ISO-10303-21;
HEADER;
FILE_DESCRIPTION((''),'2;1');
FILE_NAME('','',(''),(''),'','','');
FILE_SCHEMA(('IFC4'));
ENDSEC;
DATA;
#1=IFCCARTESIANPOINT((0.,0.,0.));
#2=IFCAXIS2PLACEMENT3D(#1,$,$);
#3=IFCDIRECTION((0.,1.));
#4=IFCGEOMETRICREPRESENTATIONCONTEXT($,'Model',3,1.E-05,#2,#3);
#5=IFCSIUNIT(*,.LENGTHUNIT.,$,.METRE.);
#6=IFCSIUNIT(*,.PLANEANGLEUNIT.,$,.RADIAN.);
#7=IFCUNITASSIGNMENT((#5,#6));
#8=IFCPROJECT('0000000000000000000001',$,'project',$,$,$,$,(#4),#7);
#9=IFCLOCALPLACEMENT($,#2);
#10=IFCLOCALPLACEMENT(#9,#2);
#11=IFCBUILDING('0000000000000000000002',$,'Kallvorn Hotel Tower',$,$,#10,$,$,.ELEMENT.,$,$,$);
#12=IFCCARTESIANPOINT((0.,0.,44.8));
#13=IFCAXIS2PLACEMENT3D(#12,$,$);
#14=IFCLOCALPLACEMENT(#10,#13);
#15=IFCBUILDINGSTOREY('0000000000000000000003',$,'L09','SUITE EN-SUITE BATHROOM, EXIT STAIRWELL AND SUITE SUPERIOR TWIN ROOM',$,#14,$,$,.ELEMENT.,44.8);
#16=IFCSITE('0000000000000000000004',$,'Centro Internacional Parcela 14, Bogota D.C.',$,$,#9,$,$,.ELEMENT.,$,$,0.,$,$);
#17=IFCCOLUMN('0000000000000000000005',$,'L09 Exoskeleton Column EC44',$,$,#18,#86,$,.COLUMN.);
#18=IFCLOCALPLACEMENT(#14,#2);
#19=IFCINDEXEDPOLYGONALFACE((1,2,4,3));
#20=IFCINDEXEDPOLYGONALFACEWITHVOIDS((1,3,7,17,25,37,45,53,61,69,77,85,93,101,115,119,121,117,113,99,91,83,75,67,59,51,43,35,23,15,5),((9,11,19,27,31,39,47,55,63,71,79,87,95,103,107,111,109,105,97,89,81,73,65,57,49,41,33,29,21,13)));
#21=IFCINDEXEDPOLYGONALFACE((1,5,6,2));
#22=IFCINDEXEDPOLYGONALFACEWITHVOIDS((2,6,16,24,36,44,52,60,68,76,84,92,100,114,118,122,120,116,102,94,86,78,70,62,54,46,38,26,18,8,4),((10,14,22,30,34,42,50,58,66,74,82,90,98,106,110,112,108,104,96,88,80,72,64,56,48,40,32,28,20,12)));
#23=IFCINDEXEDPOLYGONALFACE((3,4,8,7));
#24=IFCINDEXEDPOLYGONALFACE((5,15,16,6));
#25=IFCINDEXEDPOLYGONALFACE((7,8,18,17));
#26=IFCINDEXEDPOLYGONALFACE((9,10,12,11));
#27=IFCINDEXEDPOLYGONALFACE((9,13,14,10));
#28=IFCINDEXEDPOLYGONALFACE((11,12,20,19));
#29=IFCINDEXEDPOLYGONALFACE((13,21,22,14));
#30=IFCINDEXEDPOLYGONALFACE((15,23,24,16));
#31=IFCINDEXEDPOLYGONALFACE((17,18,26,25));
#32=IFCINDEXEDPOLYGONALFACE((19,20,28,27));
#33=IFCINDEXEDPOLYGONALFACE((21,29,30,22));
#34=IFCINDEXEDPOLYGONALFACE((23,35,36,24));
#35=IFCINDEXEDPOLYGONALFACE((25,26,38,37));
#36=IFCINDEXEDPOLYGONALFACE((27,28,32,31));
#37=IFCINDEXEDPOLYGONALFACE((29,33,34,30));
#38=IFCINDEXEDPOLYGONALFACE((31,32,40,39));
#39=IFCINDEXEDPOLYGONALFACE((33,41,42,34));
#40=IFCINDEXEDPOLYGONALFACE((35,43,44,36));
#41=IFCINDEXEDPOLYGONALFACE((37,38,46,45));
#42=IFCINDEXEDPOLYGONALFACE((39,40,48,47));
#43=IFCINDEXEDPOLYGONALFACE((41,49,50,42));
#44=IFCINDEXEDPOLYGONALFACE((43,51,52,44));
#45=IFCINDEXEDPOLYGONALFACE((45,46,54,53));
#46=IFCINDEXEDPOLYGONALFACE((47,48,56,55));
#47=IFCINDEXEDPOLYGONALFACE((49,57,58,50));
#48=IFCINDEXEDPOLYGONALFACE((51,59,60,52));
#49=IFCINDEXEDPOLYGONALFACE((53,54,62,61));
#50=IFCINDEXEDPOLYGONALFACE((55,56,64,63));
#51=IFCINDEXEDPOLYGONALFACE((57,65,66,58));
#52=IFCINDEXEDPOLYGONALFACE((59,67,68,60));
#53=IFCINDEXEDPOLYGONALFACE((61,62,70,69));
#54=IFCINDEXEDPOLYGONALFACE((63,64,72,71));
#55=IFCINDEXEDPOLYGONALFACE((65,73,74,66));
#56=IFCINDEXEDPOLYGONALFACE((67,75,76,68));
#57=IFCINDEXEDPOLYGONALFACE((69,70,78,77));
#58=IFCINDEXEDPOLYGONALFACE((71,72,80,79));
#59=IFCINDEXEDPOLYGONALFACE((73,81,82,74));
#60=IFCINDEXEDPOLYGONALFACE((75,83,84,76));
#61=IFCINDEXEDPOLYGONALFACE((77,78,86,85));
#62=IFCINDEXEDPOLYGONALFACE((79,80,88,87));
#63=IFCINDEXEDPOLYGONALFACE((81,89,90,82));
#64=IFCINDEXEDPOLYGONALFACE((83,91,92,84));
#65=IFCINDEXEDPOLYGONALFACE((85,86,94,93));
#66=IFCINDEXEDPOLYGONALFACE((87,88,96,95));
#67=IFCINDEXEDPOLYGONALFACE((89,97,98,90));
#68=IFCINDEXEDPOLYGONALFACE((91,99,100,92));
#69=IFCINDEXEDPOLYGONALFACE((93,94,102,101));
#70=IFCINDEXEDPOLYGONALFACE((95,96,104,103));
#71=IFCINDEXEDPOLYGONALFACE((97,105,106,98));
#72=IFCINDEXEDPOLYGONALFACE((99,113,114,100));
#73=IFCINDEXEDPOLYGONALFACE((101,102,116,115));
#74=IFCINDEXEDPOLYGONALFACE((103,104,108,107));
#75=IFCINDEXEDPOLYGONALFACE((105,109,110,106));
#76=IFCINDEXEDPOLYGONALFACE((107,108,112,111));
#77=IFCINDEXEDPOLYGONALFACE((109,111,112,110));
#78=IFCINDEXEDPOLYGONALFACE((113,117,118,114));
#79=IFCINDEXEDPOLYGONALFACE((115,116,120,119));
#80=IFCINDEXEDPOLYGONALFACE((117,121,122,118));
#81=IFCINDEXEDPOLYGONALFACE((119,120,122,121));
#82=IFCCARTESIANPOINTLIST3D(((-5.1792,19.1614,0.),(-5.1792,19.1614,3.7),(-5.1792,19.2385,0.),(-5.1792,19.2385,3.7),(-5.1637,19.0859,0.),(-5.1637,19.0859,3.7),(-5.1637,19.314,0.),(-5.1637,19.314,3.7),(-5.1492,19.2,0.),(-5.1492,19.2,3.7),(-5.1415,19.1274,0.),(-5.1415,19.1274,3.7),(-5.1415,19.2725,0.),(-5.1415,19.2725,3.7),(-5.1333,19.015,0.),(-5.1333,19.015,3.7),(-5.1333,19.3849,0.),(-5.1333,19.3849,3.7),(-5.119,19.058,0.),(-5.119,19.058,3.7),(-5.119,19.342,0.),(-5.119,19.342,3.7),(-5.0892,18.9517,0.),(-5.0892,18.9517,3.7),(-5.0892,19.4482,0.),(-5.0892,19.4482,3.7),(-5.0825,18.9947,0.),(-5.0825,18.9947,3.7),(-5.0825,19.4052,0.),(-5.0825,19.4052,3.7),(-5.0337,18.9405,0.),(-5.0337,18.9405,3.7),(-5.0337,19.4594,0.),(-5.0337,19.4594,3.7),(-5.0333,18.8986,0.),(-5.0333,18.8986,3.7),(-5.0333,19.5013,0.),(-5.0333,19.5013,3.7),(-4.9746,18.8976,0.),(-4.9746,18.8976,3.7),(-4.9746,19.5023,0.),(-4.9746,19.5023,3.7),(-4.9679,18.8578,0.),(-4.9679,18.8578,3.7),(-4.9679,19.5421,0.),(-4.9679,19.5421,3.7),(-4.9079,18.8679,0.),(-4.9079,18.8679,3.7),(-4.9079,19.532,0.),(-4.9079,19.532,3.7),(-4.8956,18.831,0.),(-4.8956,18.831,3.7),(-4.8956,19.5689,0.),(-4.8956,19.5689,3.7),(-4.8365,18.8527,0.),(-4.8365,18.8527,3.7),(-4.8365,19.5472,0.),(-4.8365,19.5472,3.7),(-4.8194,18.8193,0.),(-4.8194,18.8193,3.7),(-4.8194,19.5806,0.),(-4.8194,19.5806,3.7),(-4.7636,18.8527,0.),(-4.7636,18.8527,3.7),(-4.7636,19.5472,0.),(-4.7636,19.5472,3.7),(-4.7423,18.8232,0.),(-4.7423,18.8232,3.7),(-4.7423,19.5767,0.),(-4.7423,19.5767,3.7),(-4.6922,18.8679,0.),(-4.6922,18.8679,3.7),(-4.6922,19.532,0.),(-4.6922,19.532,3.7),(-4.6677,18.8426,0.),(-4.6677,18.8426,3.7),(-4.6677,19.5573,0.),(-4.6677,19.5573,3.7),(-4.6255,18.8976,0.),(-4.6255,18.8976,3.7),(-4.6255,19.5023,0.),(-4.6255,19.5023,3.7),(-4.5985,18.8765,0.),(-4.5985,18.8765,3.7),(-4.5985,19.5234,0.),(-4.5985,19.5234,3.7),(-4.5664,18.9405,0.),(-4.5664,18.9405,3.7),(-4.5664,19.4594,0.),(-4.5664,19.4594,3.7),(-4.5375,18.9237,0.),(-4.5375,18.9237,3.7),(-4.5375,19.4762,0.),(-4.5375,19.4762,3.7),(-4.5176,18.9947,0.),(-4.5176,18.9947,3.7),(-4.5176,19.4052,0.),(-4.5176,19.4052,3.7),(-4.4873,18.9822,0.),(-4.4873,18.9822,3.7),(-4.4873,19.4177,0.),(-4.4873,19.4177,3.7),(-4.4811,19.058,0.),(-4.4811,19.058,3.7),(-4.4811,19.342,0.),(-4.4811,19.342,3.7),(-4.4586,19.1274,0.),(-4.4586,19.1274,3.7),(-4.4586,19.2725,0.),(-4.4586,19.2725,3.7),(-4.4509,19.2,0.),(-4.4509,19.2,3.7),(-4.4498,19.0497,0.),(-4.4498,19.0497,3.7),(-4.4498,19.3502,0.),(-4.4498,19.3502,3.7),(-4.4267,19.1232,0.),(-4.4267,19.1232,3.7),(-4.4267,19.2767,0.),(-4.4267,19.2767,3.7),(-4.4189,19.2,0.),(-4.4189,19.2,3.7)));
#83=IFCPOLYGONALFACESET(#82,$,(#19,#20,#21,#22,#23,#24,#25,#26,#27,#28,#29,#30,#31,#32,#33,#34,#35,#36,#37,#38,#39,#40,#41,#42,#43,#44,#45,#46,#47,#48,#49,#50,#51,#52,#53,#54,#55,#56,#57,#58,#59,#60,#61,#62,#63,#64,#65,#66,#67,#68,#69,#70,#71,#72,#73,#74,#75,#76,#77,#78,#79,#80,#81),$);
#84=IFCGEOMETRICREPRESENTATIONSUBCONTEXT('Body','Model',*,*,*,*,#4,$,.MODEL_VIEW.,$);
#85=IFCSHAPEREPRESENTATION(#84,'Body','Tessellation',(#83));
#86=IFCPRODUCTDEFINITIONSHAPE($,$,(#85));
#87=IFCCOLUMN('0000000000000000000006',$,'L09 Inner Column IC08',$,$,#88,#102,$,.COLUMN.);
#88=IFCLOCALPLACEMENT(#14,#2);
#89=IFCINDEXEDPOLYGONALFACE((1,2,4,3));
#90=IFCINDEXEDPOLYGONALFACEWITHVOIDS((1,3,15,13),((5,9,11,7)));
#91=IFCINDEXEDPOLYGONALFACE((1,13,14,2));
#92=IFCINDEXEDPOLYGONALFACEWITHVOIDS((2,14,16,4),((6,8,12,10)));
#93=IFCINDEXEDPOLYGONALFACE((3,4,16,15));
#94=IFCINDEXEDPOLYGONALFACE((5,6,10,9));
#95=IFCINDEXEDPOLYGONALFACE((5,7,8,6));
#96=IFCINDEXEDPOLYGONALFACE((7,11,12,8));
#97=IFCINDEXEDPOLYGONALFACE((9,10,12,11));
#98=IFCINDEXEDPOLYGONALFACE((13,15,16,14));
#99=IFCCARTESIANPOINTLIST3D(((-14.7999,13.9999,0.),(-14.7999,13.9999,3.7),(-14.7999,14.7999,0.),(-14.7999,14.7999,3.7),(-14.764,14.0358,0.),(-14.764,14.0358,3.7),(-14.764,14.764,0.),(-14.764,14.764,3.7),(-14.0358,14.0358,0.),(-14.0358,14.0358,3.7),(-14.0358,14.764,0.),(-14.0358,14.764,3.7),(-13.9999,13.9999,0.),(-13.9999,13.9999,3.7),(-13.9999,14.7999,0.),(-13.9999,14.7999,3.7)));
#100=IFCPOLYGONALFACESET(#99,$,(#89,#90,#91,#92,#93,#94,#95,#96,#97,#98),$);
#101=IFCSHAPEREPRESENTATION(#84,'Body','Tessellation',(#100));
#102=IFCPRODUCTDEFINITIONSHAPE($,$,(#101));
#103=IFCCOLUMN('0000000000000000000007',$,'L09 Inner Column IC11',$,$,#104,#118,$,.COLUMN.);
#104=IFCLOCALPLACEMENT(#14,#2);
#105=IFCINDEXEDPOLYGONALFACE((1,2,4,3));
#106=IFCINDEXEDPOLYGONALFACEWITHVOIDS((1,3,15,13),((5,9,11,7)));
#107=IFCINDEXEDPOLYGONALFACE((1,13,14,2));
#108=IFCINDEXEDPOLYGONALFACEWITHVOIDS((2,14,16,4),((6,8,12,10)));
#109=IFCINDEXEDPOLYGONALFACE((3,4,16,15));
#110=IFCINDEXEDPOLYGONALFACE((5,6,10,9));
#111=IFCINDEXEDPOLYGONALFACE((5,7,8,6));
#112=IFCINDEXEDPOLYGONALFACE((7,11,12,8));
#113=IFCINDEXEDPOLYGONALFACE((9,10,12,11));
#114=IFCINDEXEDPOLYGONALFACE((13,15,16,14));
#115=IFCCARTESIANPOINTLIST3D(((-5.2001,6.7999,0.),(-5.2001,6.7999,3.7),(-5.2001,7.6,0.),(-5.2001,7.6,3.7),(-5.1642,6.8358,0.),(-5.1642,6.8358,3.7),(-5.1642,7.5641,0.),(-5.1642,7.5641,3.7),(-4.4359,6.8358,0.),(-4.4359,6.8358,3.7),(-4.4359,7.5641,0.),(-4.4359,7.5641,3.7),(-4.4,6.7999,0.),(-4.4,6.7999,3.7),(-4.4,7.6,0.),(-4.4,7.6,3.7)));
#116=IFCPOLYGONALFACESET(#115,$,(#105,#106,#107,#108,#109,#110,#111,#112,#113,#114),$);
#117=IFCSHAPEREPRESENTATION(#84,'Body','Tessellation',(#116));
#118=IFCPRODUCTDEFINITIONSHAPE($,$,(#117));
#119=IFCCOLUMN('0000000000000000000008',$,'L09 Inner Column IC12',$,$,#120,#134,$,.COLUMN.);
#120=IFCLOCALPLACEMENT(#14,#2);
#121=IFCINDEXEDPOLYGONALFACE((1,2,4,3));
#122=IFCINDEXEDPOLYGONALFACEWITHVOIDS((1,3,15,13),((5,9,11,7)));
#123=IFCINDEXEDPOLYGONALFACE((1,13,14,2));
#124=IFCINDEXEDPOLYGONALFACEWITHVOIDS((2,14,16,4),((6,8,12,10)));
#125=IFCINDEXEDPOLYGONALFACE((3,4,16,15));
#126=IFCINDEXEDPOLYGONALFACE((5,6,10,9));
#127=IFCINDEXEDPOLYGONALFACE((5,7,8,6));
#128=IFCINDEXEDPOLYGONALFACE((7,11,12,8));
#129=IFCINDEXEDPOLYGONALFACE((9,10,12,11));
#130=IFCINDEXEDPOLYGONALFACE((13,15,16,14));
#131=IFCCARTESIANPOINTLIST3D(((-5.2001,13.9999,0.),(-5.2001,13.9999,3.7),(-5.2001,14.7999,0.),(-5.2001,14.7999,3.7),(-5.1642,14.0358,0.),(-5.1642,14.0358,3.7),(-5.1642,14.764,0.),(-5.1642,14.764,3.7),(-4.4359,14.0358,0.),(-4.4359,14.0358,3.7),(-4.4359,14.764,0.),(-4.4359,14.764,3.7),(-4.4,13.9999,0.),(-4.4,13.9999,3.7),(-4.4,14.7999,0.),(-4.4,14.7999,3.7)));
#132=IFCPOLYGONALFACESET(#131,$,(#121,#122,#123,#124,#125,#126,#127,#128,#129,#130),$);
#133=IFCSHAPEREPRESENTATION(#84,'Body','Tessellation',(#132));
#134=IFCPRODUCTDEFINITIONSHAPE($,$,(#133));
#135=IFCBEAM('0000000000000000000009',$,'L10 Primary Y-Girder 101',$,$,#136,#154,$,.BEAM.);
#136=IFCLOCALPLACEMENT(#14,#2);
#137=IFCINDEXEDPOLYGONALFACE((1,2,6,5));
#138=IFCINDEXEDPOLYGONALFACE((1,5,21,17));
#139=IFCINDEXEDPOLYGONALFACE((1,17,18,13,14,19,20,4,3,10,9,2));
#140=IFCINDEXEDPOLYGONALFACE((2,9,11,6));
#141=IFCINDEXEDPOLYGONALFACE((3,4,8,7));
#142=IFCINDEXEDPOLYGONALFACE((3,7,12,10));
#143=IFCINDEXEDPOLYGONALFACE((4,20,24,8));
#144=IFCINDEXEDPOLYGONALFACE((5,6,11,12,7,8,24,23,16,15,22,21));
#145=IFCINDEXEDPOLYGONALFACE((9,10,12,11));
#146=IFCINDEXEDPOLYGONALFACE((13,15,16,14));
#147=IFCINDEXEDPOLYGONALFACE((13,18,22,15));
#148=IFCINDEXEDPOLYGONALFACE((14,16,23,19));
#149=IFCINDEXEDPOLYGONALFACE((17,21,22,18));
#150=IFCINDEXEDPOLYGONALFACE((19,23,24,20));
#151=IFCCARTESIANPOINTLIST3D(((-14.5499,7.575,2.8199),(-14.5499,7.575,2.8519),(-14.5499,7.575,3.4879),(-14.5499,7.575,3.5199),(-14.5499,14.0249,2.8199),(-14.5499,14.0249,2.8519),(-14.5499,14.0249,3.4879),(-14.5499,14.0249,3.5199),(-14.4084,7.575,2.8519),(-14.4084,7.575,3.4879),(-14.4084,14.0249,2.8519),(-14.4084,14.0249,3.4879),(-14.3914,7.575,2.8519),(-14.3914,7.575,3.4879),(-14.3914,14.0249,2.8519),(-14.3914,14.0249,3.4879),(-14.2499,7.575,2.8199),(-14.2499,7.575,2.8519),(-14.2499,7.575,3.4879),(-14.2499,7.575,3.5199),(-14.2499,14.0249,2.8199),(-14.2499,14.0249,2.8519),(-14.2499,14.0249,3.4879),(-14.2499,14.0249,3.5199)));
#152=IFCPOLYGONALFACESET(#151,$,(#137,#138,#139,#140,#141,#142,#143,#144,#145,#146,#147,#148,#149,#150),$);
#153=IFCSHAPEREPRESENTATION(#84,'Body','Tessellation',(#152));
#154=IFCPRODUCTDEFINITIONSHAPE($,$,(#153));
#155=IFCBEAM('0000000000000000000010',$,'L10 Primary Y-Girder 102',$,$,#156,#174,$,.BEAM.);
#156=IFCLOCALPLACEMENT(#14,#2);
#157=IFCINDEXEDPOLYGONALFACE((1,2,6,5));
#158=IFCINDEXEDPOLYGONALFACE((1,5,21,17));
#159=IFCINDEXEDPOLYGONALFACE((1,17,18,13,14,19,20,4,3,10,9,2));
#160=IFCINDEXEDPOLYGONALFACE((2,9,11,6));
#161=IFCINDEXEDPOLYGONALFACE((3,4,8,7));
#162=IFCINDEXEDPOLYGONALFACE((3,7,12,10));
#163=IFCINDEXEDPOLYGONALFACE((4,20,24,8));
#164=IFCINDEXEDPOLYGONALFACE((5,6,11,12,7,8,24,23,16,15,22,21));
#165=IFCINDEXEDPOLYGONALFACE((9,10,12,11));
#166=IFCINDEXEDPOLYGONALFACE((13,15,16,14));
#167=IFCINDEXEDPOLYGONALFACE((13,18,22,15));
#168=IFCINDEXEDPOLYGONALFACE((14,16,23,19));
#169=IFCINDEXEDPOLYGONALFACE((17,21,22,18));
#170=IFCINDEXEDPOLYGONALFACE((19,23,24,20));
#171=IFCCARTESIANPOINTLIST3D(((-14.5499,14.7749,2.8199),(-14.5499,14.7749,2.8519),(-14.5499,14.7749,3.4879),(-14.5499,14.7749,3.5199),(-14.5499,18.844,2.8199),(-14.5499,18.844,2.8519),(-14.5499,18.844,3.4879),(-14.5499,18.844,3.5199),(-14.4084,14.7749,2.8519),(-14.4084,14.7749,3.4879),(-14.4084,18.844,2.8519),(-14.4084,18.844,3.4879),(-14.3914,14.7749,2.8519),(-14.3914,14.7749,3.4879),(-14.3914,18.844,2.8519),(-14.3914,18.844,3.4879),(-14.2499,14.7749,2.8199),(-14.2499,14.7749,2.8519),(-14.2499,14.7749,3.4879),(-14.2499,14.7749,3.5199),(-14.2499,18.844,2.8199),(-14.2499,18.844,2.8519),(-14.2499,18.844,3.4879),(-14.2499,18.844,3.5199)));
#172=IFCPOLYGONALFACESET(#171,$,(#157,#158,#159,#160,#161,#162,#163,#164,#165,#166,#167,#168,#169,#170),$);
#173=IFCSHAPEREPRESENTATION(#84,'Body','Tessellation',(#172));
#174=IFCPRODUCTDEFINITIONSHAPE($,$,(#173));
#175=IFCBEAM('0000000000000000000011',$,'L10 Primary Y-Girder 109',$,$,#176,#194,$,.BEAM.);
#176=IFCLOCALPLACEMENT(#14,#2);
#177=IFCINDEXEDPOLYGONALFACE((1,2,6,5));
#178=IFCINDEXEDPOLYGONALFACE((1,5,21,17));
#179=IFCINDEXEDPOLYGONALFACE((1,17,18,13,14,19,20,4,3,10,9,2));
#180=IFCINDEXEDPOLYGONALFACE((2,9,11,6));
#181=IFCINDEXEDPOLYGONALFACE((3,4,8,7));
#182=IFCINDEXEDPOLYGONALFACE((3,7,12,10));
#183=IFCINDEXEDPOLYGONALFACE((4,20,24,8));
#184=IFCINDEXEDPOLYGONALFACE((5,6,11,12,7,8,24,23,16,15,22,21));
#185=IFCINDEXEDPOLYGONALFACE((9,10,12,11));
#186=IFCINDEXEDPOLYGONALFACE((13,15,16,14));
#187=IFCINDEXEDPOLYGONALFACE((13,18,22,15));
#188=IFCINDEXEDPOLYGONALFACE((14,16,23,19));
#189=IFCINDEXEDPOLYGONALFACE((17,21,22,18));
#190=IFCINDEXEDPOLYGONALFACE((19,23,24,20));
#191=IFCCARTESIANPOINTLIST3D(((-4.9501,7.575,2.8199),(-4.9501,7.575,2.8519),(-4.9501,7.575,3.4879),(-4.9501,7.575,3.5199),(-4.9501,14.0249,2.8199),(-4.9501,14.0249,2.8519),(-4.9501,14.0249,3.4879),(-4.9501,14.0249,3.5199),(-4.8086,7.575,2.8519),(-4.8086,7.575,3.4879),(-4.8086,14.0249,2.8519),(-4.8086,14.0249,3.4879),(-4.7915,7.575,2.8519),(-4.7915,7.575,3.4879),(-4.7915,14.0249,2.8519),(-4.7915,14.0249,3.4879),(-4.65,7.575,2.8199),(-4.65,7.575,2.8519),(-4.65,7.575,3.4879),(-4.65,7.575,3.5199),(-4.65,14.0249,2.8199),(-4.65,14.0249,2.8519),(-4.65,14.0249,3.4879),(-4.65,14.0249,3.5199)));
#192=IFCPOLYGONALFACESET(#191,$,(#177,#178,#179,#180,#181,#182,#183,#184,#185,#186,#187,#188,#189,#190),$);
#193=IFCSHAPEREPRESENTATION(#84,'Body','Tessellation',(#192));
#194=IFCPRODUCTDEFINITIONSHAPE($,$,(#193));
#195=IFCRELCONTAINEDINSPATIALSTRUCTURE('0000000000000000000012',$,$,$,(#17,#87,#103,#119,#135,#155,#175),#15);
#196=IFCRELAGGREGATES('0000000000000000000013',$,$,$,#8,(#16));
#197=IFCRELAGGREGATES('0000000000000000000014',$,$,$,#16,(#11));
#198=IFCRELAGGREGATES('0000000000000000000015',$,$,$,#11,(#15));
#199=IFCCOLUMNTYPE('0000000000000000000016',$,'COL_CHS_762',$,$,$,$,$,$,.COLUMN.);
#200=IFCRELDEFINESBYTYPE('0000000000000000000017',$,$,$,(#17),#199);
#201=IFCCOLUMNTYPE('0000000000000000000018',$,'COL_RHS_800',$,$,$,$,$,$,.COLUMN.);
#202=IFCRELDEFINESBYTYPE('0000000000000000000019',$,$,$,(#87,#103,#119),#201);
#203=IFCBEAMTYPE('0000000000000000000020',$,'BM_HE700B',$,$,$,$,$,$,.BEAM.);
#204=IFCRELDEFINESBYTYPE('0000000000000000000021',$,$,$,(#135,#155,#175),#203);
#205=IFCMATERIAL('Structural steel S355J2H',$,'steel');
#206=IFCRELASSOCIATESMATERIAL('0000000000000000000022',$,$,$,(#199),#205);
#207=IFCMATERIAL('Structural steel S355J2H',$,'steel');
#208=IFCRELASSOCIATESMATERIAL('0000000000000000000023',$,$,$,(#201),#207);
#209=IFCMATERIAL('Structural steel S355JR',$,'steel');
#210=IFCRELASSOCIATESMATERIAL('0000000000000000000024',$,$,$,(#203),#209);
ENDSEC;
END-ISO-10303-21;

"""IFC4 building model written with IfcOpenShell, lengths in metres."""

from ifc_helpers import new_model, si_unit, direction, frame, origin, origin_2d, place, context, subcontext, project, spatial, hollow_rectangle, hollow_circle, i_section, extrude, material, material_profile, profile_set, type_object, element, save


model = new_model("IFC4")

# Units and contexts
model_context = context("Model", 3, precision=1e-05, world=origin(), true_north=direction((0.0, 1.0)))
body_context = subcontext(model_context, "Body", "Model", "MODEL_VIEW")
ifc_project = project(units=[si_unit("LENGTHUNIT", "METRE"), si_unit("PLANEANGLEUNIT", "RADIAN")], contexts=[model_context])

# Site, building, storey
site_placement = place(None, origin())
site = spatial("IfcSite", under=ifc_project, at=site_placement, Name="Centro Internacional Parcela 14, Bogota D.C.", CompositionType="ELEMENT", RefElevation=0.0)
building_placement = place(site_placement, origin())
building = spatial("IfcBuilding", under=site, at=building_placement, Name="Kallvorn Hotel Tower", CompositionType="ELEMENT")
storey_placement = place(building_placement, frame((0.0, 0.0, 44.8)))
storey = spatial("IfcBuildingStorey", under=building, at=storey_placement, Name="L09", Description="SUITE EN-SUITE BATHROOM, EXIT STAIRWELL AND SUITE SUPERIOR TWIN ROOM", CompositionType="ELEMENT", Elevation=44.8)

# Columns
ifc_material_1 = material(Name="Structural steel S355J2H", Category="steel")
ifc_material_profile_1 = material_profile(ifc_material_1, hollow_circle(Radius=0.3811, WallThickness=0.032, at=origin_2d()), Name="CHS 762x32")
ifc_profile_set_1 = profile_set([ifc_material_profile_1], Name="Structural steel S355J2H")
column_type_1 = type_object("IfcColumnType", Name="COL_CHS_762", PredefinedType="COLUMN", material=ifc_profile_set_1)
for number, where, z_axis, x_axis, name in (
    (1, (-4.8, 19.2, 0.0), (0.0, 0.0, 1.0), (1.0, 0.0, 0.0), "L09 Exoskeleton Column EC44"),
):
    element("IfcColumn", number, at=place(storey_placement, frame(where, z_axis=z_axis, x_axis=x_axis)), inside=storey, type_object=column_type_1, Name=name, PredefinedType="COLUMN", context=body_context, shape_type="SweptSolid", body=[
        extrude(hollow_circle(Radius=0.3811, WallThickness=0.032, at=origin_2d()), origin(), (0.0, 0.0, 1.0), 3.7),
    ])
ifc_material_2 = material(Name="Structural steel S355J2H", Category="steel")
ifc_material_profile_2 = material_profile(ifc_material_2, hollow_rectangle(XDim=0.8, YDim=0.8, WallThickness=0.0359, at=origin_2d()), Name="RHS 800x800x36")
ifc_profile_set_2 = profile_set([ifc_material_profile_2], Name="Structural steel S355J2H")
column_type_2 = type_object("IfcColumnType", Name="COL_RHS_800", PredefinedType="COLUMN", material=ifc_profile_set_2)
for number, where, z_axis, x_axis, name in (
    (2, (-14.3999, 14.3999, 0.0), (0.0, 0.0, 1.0), (1.0, 0.0, 0.0), "L09 Inner Column IC08"),
    (3, (-4.8, 7.2, 0.0), (0.0, 0.0, 1.0), (1.0, 0.0, 0.0), "L09 Inner Column IC11"),
    (4, (-4.8, 14.3999, 0.0), (0.0, 0.0, 1.0), (1.0, 0.0, 0.0), "L09 Inner Column IC12"),
):
    element("IfcColumn", number, at=place(storey_placement, frame(where, z_axis=z_axis, x_axis=x_axis)), inside=storey, type_object=column_type_2, Name=name, PredefinedType="COLUMN", context=body_context, shape_type="SweptSolid", body=[
        extrude(hollow_rectangle(XDim=0.8, YDim=0.8, WallThickness=0.0359, at=origin_2d()), origin(), (0.0, 0.0, 1.0), 3.7),
    ])

# Beams
ifc_material_3 = material(Name="Structural steel S355JR", Category="steel")
ifc_material_profile_3 = material_profile(ifc_material_3, i_section(OverallWidth=0.3, OverallDepth=0.7, WebThickness=0.0171, FlangeThickness=0.032, at=origin_2d()), Name="HE 700 B")
ifc_profile_set_3 = profile_set([ifc_material_profile_3], Name="Structural steel S355JR")
beam_type_1 = type_object("IfcBeamType", Name="BM_HE700B", PredefinedType="BEAM", material=ifc_profile_set_3)
beam_1_placement = place(storey_placement, frame((-14.3999, 7.575, 3.1699), z_axis=(0.0, 1.0, 0.0), x_axis=(-1.0, 0.0, 0.0)))
element("IfcBeam", 5, at=beam_1_placement, inside=storey, type_object=beam_type_1, Name="L10 Primary Y-Girder 101", PredefinedType="BEAM", context=body_context, shape_type="SweptSolid", body=[
    extrude(i_section(OverallWidth=0.3, OverallDepth=0.7, WebThickness=0.0171, FlangeThickness=0.032, at=origin_2d()), origin(), (0.0, 0.0, 1.0), 6.45),
])
beam_2_placement = place(storey_placement, frame((-14.3999, 14.7749, 3.1699), z_axis=(0.0, 1.0, 0.0), x_axis=(-1.0, 0.0, 0.0)))
element("IfcBeam", 6, at=beam_2_placement, inside=storey, type_object=beam_type_1, Name="L10 Primary Y-Girder 102", PredefinedType="BEAM", context=body_context, shape_type="SweptSolid", body=[
    extrude(i_section(OverallWidth=0.3, OverallDepth=0.7, WebThickness=0.0171, FlangeThickness=0.032, at=origin_2d()), origin(), (0.0, 0.0, 1.0), 4.0691),
])
beam_3_placement = place(storey_placement, frame((-4.8, 7.575, 3.1699), z_axis=(0.0, 1.0, 0.0), x_axis=(-1.0, 0.0, 0.0)))
element("IfcBeam", 7, at=beam_3_placement, inside=storey, type_object=beam_type_1, Name="L10 Primary Y-Girder 109", PredefinedType="BEAM", context=body_context, shape_type="SweptSolid", body=[
    extrude(i_section(OverallWidth=0.3, OverallDepth=0.7, WebThickness=0.0171, FlangeThickness=0.032, at=origin_2d()), origin(), (0.0, 0.0, 1.0), 6.45),
])

save(model, "model.ifc")
